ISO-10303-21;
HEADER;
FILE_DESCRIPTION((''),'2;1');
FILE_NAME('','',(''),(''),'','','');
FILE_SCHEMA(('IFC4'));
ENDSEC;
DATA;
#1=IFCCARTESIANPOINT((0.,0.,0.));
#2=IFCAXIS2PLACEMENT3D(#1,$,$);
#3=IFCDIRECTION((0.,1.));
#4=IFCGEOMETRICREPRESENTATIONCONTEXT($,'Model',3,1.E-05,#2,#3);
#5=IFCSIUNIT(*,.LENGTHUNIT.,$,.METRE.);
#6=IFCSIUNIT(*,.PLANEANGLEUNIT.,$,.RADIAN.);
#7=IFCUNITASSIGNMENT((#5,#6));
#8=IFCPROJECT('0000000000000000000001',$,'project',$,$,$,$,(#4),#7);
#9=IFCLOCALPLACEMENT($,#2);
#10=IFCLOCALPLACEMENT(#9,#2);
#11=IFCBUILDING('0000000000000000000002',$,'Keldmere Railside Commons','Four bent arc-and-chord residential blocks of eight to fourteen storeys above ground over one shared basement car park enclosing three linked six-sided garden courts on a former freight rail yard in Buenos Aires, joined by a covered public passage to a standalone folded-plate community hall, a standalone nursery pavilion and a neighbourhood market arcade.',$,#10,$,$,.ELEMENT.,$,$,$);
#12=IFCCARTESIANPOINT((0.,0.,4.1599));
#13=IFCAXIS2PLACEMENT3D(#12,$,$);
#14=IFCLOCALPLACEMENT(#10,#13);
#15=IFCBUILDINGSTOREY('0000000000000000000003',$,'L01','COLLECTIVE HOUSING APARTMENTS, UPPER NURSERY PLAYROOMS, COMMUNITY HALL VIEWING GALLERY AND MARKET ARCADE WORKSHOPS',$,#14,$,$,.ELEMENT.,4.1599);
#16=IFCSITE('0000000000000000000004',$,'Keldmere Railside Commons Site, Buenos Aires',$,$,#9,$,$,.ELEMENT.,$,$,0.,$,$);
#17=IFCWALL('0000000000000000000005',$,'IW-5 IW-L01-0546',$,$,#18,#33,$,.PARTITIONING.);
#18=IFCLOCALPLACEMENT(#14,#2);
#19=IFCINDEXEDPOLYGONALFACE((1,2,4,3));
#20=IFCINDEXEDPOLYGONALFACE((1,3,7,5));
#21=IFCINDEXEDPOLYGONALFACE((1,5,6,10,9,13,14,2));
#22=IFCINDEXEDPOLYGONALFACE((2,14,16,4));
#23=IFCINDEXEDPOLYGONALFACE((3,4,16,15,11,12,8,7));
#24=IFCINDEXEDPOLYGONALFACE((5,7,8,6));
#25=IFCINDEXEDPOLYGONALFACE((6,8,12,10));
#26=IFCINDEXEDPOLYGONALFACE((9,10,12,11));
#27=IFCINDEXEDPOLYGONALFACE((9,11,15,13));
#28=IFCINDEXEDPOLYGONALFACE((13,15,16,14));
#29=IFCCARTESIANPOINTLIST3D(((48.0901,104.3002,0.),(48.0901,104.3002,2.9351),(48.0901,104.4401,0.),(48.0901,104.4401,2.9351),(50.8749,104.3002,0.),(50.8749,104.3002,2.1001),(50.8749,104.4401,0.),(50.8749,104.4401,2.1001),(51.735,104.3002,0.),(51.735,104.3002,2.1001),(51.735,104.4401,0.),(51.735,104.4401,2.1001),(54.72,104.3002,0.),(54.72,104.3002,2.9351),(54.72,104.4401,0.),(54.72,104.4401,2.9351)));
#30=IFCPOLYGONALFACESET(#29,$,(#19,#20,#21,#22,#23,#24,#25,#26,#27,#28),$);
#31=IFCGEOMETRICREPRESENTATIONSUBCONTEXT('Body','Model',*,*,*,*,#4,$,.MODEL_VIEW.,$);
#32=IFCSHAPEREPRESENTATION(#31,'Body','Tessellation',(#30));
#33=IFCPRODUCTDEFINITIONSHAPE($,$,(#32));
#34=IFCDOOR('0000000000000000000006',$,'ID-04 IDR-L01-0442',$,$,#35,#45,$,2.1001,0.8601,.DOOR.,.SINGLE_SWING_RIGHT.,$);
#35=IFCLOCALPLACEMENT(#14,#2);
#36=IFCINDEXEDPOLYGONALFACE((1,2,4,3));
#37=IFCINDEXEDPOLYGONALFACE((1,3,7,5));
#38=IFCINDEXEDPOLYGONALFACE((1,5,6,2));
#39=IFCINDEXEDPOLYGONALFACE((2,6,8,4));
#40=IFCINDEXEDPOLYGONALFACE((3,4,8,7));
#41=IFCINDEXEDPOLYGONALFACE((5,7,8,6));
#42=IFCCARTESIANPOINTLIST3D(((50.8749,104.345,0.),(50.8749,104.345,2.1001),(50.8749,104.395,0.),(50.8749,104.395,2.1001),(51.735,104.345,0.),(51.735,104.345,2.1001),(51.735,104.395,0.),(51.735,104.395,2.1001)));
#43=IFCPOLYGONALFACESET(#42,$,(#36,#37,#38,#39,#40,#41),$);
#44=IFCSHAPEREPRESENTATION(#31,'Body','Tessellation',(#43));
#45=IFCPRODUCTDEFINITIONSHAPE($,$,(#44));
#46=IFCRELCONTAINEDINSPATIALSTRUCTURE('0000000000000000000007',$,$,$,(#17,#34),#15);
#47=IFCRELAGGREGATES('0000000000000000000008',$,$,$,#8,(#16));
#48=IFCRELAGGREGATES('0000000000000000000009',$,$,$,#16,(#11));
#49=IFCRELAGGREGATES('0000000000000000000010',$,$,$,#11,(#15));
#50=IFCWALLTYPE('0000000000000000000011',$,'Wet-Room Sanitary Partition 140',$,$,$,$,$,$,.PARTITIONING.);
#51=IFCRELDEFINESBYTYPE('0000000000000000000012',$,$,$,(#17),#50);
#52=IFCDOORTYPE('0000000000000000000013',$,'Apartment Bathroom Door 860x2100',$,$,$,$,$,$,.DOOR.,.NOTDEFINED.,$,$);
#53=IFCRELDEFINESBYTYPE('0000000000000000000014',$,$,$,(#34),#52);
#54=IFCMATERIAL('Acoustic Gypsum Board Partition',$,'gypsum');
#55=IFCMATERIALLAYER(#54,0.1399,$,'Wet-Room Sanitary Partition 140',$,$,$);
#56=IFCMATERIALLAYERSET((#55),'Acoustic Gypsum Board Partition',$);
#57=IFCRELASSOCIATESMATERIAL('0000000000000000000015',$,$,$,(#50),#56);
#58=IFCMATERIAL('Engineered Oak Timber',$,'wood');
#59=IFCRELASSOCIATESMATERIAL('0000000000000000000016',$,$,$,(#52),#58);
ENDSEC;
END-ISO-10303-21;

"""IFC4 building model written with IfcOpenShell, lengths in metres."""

from ifc_helpers import new_model, si_unit, direction, frame, frame_2d, origin, place, context, subcontext, project, spatial, rectangle, extrude, material, layer, layer_set, type_object, element, fill, save


model = new_model("IFC4")

# Units and contexts
model_context = context("Model", 3, precision=1e-05, world=origin(), true_north=direction((0.0, 1.0)))
body_context = subcontext(model_context, "Body", "Model", "MODEL_VIEW")
ifc_project = project(units=[si_unit("LENGTHUNIT", "METRE"), si_unit("PLANEANGLEUNIT", "RADIAN")], contexts=[model_context])

# Site, building, storey
site_placement = place(None, origin())
site = spatial("IfcSite", under=ifc_project, at=site_placement, Name="Keldmere Railside Commons Site, Buenos Aires", CompositionType="ELEMENT", RefElevation=0.0)
building_placement = place(site_placement, origin())
building = spatial("IfcBuilding", under=site, at=building_placement, Name="Keldmere Railside Commons", Description="Four bent arc-and-chord residential blocks of eight to fourteen storeys above ground over one shared basement car park enclosing three linked six-sided garden courts on a former freight rail yard in Buenos Aires, joined by a covered public passage to a standalone folded-plate community hall, a standalone nursery pavilion and a neighbourhood market arcade.", CompositionType="ELEMENT")
storey_placement = place(building_placement, frame((0.0, 0.0, 4.1599)))
storey = spatial("IfcBuildingStorey", under=building, at=storey_placement, Name="L01", Description="COLLECTIVE HOUSING APARTMENTS, UPPER NURSERY PLAYROOMS, COMMUNITY HALL VIEWING GALLERY AND MARKET ARCADE WORKSHOPS", CompositionType="ELEMENT", Elevation=4.1599)

# Shared definitions
ifc_material_1 = material(Name="Acoustic Gypsum Board Partition", Category="gypsum")

# Wall, opening, door
ifc_material_2 = material(Name="Engineered Oak Timber", Category="wood")
ifc_layer_1 = layer(ifc_material_1, 0.1399, Name="Wet-Room Sanitary Partition 140")
ifc_layer_set_1 = layer_set([ifc_layer_1], Name="Acoustic Gypsum Board Partition")
wall_type_1 = type_object("IfcWallType", Name="Wet-Room Sanitary Partition 140", PredefinedType="PARTITIONING", material=ifc_layer_set_1)
wall_1_placement = place(storey_placement, frame((48.0901, 104.3701, 0.0), z_axis=(0.0, 0.0, 1.0), x_axis=(1.0, 0.0, 0.0)))
wall_1 = element("IfcWall", 1, at=wall_1_placement, inside=storey, type_object=wall_type_1, Name="IW-5 IW-L01-0546", PredefinedType="PARTITIONING", context=body_context, shape_type="SweptSolid", body=[
    extrude(rectangle(XDim=6.6299, YDim=0.1399, at=frame_2d((3.3149, 0.0))), origin(), (0.0, 0.0, 1.0), 2.9351),
])
opening_1_placement = place(wall_1_placement, frame((2.7847, 0.0, 0.0)))
opening_1 = element("IfcOpeningElement", 2, at=opening_1_placement, cuts=wall_1, PredefinedType="OPENING", context=body_context, shape_type="SweptSolid", body=[
    extrude(rectangle(XDim=0.8601, YDim=2.1001, at=frame_2d((0.4302, 1.05))), frame((0.0, 0.0798, 0.0), z_axis=(0.0, -1.0, 0.0), x_axis=(1.0, 0.0, 0.0)), (0.0, 0.0, 1.0), 0.1599),
])
door_type_1 = type_object("IfcDoorType", Name="Apartment Bathroom Door 860x2100", OperationType="NOTDEFINED", PredefinedType="DOOR", material=ifc_material_2)
door_1_placement = place(opening_1_placement, origin())
door_1 = element("IfcDoor", 3, at=door_1_placement, inside=storey, type_object=door_type_1, Name="ID-04 IDR-L01-0442", OperationType="SINGLE_SWING_RIGHT", OverallHeight=2.1001, OverallWidth=0.8601, PredefinedType="DOOR", context=body_context, shape_type="SweptSolid", body=[
    extrude(rectangle(XDim=0.8601, YDim=2.1001, at=frame_2d((0.4302, 1.05))), frame((0.0, 0.0249, 0.0), z_axis=(0.0, -1.0, 0.0), x_axis=(1.0, 0.0, 0.0)), (0.0, 0.0, 1.0), 0.05),
])
fill(opening_1, door_1)

save(model, "model.ifc")
